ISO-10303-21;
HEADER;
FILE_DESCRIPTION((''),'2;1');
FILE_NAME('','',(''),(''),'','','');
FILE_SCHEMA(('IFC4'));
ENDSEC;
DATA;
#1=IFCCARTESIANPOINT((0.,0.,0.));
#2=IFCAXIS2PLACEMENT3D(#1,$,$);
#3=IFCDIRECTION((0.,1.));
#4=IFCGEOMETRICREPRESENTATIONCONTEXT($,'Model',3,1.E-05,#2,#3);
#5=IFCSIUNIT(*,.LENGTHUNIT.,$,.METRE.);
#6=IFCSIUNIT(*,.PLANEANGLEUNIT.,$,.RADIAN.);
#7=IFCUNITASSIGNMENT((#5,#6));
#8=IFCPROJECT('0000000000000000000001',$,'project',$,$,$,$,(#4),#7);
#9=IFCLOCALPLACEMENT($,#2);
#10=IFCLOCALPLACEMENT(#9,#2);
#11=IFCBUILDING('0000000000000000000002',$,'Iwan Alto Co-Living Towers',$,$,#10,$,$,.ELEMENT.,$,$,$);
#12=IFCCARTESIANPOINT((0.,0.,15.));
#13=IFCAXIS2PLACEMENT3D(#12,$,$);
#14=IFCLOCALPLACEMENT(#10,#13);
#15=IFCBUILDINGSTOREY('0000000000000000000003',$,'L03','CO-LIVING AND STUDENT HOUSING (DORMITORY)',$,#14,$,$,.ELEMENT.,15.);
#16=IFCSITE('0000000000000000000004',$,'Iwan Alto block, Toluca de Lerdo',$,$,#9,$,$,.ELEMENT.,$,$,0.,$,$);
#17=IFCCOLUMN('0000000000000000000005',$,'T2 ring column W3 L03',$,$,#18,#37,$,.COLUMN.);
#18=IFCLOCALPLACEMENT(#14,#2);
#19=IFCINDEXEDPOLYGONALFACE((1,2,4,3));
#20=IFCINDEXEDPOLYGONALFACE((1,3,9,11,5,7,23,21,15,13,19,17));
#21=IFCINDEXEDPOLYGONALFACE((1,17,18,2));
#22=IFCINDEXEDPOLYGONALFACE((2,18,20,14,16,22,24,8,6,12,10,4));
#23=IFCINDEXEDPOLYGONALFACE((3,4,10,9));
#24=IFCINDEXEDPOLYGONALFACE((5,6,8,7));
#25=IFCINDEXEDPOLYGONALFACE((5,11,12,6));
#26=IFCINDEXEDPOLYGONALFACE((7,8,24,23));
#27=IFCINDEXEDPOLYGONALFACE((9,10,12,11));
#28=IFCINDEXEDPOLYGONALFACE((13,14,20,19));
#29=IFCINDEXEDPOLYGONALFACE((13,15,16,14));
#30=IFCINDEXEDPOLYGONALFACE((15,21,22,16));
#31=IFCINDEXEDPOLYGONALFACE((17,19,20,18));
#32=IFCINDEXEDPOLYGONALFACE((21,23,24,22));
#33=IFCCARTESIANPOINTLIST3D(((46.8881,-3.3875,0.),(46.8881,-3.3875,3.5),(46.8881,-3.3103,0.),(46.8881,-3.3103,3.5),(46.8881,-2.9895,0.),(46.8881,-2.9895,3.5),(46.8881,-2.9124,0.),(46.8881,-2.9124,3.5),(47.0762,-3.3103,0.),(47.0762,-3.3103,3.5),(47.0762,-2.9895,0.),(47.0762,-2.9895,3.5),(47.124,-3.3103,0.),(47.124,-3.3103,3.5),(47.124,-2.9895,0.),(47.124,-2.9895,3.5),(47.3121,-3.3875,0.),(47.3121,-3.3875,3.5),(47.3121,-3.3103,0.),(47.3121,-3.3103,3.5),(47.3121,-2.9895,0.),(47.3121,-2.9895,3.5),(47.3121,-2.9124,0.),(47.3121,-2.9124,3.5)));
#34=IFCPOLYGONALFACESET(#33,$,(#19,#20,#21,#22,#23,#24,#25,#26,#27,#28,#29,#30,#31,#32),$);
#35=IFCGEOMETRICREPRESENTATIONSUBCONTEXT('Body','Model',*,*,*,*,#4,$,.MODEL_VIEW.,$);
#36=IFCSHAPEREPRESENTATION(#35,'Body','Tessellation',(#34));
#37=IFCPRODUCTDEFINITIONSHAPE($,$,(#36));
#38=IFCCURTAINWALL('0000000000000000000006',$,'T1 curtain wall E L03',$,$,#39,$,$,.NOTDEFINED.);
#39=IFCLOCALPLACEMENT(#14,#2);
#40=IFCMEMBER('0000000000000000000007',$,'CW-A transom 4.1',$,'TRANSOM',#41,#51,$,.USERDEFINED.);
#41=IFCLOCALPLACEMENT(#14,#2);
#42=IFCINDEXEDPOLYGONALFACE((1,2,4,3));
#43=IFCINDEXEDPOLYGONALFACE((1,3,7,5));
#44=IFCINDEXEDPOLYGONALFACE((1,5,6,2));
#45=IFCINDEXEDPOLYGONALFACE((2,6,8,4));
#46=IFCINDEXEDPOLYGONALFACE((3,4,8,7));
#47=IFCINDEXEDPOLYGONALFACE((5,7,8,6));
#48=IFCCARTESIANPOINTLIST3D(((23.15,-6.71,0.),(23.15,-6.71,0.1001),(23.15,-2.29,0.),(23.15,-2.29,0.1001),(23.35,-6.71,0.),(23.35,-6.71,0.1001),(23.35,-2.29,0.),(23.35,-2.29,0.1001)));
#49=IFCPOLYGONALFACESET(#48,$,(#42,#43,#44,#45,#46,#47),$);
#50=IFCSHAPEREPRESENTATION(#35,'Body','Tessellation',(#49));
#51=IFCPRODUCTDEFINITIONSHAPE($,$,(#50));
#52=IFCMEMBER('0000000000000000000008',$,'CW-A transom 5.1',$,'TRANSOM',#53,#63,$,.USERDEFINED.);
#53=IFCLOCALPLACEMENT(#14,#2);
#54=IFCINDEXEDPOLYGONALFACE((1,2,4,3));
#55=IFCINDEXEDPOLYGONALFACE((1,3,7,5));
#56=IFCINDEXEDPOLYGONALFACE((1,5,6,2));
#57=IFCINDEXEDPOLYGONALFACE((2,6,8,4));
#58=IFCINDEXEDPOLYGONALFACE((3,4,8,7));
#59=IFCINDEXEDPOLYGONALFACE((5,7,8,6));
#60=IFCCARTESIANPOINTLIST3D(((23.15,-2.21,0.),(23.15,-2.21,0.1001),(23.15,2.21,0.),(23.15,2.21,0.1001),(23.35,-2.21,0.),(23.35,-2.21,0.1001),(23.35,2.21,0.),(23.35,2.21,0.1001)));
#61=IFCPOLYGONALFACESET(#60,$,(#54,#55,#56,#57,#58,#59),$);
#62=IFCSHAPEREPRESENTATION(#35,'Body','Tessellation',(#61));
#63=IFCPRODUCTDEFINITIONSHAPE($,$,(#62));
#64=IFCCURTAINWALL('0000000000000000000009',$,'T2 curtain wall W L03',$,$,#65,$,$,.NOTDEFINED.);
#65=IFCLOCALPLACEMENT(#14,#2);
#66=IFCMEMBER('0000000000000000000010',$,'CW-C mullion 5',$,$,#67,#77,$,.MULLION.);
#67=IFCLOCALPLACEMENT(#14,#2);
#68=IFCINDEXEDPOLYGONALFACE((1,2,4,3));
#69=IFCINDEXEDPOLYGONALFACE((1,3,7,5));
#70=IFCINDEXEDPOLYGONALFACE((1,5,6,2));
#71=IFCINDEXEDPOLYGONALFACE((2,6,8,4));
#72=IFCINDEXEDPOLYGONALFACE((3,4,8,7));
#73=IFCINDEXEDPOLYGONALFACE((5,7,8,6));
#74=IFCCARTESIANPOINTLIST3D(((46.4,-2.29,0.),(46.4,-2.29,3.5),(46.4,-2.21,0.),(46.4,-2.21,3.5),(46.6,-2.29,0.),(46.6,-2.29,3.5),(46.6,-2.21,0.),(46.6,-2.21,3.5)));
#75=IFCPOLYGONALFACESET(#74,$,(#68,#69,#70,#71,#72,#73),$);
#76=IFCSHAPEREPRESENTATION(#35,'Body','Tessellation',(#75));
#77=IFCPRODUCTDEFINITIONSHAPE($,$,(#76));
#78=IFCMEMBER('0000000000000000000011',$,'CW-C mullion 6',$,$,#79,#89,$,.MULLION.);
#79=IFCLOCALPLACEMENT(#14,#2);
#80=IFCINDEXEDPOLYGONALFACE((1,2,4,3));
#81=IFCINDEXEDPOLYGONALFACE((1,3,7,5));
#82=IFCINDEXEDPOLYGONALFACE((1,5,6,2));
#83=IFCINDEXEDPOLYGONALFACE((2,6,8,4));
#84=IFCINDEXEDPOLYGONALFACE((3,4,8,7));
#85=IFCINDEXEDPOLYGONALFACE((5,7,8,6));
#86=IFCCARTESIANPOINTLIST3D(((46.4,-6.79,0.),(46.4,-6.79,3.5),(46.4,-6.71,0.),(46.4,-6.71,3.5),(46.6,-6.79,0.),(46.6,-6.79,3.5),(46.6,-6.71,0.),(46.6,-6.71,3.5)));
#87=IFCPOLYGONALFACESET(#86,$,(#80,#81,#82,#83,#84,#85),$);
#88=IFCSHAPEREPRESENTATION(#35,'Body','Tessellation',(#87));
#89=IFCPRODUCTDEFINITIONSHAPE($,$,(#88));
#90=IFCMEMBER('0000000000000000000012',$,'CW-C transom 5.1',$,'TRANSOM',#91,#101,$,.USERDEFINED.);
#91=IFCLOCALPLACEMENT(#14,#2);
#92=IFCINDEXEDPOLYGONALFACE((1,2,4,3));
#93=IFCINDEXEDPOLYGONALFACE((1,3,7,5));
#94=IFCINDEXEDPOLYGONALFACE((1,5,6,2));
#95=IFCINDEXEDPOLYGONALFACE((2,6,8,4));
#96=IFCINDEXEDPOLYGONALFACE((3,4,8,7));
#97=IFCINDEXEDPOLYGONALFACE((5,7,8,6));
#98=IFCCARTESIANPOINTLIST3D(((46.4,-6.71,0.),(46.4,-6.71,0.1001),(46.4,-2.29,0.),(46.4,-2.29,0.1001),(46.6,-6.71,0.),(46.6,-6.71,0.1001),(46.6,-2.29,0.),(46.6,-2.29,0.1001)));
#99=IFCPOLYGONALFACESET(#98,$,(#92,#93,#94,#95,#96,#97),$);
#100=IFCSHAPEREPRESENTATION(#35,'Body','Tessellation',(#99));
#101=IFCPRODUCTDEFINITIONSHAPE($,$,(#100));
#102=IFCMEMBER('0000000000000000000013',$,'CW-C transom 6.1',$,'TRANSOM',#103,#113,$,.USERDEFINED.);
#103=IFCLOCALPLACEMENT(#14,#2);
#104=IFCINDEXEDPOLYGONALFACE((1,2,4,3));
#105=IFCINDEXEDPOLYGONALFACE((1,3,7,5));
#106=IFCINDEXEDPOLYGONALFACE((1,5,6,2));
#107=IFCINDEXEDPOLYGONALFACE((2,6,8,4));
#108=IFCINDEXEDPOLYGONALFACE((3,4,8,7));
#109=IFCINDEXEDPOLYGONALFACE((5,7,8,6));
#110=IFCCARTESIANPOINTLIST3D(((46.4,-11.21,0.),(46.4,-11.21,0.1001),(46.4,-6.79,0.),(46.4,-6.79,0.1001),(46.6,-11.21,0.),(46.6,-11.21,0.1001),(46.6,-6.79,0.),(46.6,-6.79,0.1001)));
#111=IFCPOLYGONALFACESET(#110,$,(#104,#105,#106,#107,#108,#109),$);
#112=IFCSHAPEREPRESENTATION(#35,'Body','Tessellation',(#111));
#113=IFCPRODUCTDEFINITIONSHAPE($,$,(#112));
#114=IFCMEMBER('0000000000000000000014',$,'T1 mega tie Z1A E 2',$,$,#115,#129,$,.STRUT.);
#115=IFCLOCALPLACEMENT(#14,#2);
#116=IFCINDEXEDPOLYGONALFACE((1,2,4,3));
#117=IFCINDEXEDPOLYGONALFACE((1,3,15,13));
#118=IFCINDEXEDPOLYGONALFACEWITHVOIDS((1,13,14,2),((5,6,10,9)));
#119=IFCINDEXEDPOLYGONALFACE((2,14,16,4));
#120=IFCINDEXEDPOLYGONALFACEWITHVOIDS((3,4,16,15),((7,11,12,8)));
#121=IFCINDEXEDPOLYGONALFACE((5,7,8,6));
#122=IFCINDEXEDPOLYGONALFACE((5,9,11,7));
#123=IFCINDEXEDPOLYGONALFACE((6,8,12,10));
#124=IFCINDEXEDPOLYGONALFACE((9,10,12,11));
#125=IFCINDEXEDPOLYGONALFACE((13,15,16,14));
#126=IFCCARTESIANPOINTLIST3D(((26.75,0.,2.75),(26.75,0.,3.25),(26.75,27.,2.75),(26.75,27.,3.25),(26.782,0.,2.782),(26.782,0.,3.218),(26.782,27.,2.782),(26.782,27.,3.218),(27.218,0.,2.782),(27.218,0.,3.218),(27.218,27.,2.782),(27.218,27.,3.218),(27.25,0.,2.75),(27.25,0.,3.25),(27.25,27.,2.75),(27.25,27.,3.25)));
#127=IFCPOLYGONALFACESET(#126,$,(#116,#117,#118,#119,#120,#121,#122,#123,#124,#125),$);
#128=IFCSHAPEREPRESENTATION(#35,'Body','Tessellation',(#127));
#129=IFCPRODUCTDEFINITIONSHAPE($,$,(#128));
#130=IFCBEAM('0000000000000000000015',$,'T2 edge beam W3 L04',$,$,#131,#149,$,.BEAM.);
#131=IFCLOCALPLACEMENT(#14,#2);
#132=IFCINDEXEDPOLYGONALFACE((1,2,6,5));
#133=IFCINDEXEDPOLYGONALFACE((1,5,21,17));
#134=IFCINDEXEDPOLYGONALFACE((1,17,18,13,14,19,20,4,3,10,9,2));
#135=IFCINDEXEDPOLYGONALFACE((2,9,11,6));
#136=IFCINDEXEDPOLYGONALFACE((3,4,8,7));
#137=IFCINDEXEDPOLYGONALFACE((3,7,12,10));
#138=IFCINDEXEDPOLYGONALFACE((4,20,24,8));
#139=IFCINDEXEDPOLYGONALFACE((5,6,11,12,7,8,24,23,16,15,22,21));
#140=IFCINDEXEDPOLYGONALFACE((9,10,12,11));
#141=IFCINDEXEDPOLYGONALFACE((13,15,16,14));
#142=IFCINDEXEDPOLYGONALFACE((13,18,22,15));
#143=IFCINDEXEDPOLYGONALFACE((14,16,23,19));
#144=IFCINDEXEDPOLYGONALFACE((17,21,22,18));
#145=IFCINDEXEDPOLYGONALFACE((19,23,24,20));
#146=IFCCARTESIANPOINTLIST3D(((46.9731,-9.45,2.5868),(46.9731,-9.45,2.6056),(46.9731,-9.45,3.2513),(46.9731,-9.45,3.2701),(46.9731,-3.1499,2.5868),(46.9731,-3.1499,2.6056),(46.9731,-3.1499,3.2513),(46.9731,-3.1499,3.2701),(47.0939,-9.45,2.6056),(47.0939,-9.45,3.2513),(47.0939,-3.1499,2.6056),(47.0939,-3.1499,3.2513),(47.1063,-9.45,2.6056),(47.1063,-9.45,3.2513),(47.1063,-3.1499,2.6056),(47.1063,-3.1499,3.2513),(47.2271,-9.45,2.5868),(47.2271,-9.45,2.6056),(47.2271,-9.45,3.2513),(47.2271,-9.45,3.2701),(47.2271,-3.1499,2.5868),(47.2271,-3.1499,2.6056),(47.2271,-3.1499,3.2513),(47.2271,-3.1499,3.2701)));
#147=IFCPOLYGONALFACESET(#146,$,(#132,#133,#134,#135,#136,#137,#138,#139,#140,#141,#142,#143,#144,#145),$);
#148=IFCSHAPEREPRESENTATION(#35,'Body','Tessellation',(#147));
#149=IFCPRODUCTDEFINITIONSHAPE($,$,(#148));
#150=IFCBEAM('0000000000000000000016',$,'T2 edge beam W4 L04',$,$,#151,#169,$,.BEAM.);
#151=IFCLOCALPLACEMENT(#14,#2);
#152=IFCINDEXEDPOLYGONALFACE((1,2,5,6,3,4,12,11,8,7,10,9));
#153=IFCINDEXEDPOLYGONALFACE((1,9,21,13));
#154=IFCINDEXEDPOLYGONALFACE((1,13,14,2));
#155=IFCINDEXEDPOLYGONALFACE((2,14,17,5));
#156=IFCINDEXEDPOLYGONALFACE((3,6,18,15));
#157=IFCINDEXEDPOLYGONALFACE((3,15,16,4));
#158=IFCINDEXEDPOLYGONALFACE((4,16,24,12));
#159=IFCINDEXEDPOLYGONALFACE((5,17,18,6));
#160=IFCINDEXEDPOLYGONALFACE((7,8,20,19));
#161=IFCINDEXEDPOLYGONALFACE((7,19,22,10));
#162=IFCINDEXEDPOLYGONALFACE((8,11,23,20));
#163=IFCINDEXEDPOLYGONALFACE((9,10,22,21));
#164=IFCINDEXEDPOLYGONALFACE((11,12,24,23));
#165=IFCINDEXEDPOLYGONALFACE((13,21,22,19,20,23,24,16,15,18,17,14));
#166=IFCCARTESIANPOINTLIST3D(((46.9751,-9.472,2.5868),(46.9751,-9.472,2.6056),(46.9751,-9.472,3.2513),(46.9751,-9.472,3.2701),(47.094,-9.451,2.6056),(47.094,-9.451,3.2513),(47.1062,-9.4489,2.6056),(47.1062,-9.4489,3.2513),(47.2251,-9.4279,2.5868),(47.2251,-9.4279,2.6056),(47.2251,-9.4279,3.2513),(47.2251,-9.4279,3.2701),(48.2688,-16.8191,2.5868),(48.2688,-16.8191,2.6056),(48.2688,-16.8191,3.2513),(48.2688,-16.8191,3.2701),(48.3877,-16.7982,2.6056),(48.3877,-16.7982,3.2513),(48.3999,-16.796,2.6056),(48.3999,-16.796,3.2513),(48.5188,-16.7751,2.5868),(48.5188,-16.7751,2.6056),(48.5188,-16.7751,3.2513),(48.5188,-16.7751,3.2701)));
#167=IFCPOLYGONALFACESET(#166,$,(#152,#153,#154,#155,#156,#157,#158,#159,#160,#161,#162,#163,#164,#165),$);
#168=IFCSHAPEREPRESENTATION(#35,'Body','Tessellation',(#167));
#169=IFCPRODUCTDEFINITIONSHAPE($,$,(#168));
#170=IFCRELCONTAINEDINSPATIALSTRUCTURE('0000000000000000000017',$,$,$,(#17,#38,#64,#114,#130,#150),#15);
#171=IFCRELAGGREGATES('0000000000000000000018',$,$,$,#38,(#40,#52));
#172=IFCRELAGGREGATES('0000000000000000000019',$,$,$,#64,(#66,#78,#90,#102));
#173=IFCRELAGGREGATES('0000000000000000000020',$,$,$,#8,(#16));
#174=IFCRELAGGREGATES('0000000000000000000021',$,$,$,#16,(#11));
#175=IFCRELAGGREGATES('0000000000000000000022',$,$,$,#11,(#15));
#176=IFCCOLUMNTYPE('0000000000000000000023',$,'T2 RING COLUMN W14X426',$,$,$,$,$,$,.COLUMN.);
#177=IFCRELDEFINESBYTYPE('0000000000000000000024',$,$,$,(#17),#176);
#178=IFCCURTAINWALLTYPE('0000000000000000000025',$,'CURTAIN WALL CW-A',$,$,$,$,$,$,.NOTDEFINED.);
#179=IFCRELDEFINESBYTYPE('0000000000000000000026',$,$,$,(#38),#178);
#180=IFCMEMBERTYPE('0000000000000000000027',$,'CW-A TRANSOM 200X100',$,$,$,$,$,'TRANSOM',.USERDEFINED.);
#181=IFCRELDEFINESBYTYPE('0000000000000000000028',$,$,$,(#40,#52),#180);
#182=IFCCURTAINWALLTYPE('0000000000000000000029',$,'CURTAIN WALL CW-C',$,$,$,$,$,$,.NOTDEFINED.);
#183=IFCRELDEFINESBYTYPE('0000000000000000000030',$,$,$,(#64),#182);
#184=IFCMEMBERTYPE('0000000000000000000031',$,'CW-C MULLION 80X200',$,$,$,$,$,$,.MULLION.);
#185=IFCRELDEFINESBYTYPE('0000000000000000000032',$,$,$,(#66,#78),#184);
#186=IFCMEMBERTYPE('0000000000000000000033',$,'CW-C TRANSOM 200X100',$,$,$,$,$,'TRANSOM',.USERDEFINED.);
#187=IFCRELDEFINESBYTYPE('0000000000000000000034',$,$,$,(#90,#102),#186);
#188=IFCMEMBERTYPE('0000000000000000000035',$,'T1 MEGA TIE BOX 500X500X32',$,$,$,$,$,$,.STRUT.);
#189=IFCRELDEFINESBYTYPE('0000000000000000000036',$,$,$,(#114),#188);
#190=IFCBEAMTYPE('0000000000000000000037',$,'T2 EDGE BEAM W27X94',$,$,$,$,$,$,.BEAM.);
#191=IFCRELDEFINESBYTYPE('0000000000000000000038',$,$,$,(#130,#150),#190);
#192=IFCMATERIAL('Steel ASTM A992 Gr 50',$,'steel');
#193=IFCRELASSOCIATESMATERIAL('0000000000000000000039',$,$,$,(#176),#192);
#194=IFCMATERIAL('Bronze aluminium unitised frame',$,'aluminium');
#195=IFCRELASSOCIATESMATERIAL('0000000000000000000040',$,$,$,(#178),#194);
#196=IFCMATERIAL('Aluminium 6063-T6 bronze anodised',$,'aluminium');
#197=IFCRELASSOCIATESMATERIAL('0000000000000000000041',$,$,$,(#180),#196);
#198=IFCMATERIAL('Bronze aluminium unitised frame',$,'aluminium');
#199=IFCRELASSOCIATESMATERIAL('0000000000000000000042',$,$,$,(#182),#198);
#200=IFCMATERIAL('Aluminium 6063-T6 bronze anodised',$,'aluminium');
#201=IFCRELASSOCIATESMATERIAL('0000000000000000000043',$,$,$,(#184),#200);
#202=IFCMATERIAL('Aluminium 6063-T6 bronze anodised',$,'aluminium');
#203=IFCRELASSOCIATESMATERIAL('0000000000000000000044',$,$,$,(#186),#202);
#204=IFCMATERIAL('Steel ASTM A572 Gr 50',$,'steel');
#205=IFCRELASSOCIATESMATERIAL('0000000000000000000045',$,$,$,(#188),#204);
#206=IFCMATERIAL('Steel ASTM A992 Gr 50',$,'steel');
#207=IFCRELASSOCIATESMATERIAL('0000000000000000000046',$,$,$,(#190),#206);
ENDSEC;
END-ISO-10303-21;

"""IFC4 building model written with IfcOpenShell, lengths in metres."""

from ifc_helpers import new_model, si_unit, direction, frame, origin, origin_2d, place, context, subcontext, project, spatial, rectangle, hollow_rectangle, i_section, extrude, material, material_profile, profile_set, type_object, element, aggregate, save


model = new_model("IFC4")

# Units and contexts
model_context = context("Model", 3, precision=1e-05, world=origin(), true_north=direction((0.0, 1.0)))
body_context = subcontext(model_context, "Body", "Model", "MODEL_VIEW")
ifc_project = project(units=[si_unit("LENGTHUNIT", "METRE"), si_unit("PLANEANGLEUNIT", "RADIAN")], contexts=[model_context])

# Site, building, storey
site_placement = place(None, origin())
site = spatial("IfcSite", under=ifc_project, at=site_placement, Name="Iwan Alto block, Toluca de Lerdo", CompositionType="ELEMENT", RefElevation=0.0)
building_placement = place(site_placement, origin())
building = spatial("IfcBuilding", under=site, at=building_placement, Name="Iwan Alto Co-Living Towers", CompositionType="ELEMENT")
storey_placement = place(building_placement, frame((0.0, 0.0, 15.0)))
storey = spatial("IfcBuildingStorey", under=building, at=storey_placement, Name="L03", Description="CO-LIVING AND STUDENT HOUSING (DORMITORY)", CompositionType="ELEMENT", Elevation=15.0)

# Column
ifc_material_1 = material(Name="Steel ASTM A992 Gr 50", Category="steel")
ifc_material_profile_1 = material_profile(ifc_material_1, i_section(OverallWidth=0.4241, OverallDepth=0.4751, WebThickness=0.0479, FlangeThickness=0.0771, at=origin_2d()), Name="W14X426")
ifc_profile_set_1 = profile_set([ifc_material_profile_1], Name="Steel ASTM A992 Gr 50")
column_type = type_object("IfcColumnType", Name="T2 RING COLUMN W14X426", PredefinedType="COLUMN", material=ifc_profile_set_1)
column_placement = place(storey_placement, frame((47.1001, -3.1499, 0.0), z_axis=(0.0, 0.0, 1.0), x_axis=(1.0, 0.0, 0.0)))
element("IfcColumn", 1, at=column_placement, inside=storey, type_object=column_type, Name="T2 ring column W3 L03", PredefinedType="COLUMN", context=body_context, shape_type="SweptSolid", body=[
    extrude(i_section(OverallWidth=0.4241, OverallDepth=0.4751, WebThickness=0.0479, FlangeThickness=0.0771, at=origin_2d()), origin(), (0.0, 0.0, 1.0), 3.5),
])

# Curtain walls, members
ifc_material_2 = material(Name="Bronze aluminium unitised frame", Category="aluminium")
curtain_wall_type_1 = type_object("IfcCurtainWallType", Name="CURTAIN WALL CW-A", PredefinedType="NOTDEFINED", material=ifc_material_2)
curtain_wall_1_placement = place(storey_placement, origin())
curtain_wall_1 = element("IfcCurtainWall", 2, at=curtain_wall_1_placement, inside=storey, type_object=curtain_wall_type_1, Name="T1 curtain wall E L03", PredefinedType="NOTDEFINED")
ifc_material_3 = material(Name="Aluminium 6063-T6 bronze anodised", Category="aluminium")
ifc_material_profile_2 = material_profile(ifc_material_3, rectangle(XDim=0.2, YDim=0.1001, at=origin_2d()), Name="AL 200X100")
ifc_profile_set_2 = profile_set([ifc_material_profile_2], Name="Aluminium 6063-T6 bronze anodised")
member_type_1 = type_object("IfcMemberType", Name="CW-A TRANSOM 200X100", ElementType="TRANSOM", PredefinedType="USERDEFINED", material=ifc_profile_set_2)
member_1_placement = place(storey_placement, frame((23.25, -6.71, 0.05), z_axis=(0.0, 1.0, 0.0), x_axis=(-1.0, 0.0, 0.0)))
member_1 = element("IfcMember", 3, at=member_1_placement, type_object=member_type_1, Name="CW-A transom 4.1", ObjectType="TRANSOM", PredefinedType="USERDEFINED", context=body_context, shape_type="SweptSolid", body=[
    extrude(rectangle(XDim=0.2, YDim=0.1001, at=origin_2d()), origin(), (0.0, 0.0, 1.0), 4.4199),
])
member_2_placement = place(storey_placement, frame((23.25, -2.21, 0.05), z_axis=(0.0, 1.0, 0.0), x_axis=(-1.0, 0.0, 0.0)))
member_2 = element("IfcMember", 4, at=member_2_placement, type_object=member_type_1, Name="CW-A transom 5.1", ObjectType="TRANSOM", PredefinedType="USERDEFINED", context=body_context, shape_type="SweptSolid", body=[
    extrude(rectangle(XDim=0.2, YDim=0.1001, at=origin_2d()), origin(), (0.0, 0.0, 1.0), 4.4199),
])
ifc_material_4 = material(Name="Bronze aluminium unitised frame", Category="aluminium")
curtain_wall_type_2 = type_object("IfcCurtainWallType", Name="CURTAIN WALL CW-C", PredefinedType="NOTDEFINED", material=ifc_material_4)
curtain_wall_2_placement = place(storey_placement, origin())
curtain_wall_2 = element("IfcCurtainWall", 5, at=curtain_wall_2_placement, inside=storey, type_object=curtain_wall_type_2, Name="T2 curtain wall W L03", PredefinedType="NOTDEFINED")
ifc_material_5 = material(Name="Aluminium 6063-T6 bronze anodised", Category="aluminium")
ifc_material_profile_3 = material_profile(ifc_material_5, rectangle(XDim=0.2, YDim=0.0801, at=origin_2d()), Name="AL 80X200")
ifc_profile_set_3 = profile_set([ifc_material_profile_3], Name="Aluminium 6063-T6 bronze anodised")
member_type_2 = type_object("IfcMemberType", Name="CW-C MULLION 80X200", PredefinedType="MULLION", material=ifc_profile_set_3)
member_3_placement = place(storey_placement, frame((46.5, -2.25, 0.0), z_axis=(0.0, 0.0, 1.0), x_axis=(1.0, 0.0, 0.0)))
member_3 = element("IfcMember", 6, at=member_3_placement, type_object=member_type_2, Name="CW-C mullion 5", PredefinedType="MULLION", context=body_context, shape_type="SweptSolid", body=[
    extrude(rectangle(XDim=0.2, YDim=0.0801, at=origin_2d()), origin(), (0.0, 0.0, 1.0), 3.5),
])
member_4_placement = place(storey_placement, frame((46.5, -6.75, 0.0), z_axis=(0.0, 0.0, 1.0), x_axis=(1.0, 0.0, 0.0)))
member_4 = element("IfcMember", 7, at=member_4_placement, type_object=member_type_2, Name="CW-C mullion 6", PredefinedType="MULLION", context=body_context, shape_type="SweptSolid", body=[
    extrude(rectangle(XDim=0.2, YDim=0.0801, at=origin_2d()), origin(), (0.0, 0.0, 1.0), 3.5),
])
ifc_material_6 = material(Name="Aluminium 6063-T6 bronze anodised", Category="aluminium")
ifc_material_profile_4 = material_profile(ifc_material_6, rectangle(XDim=0.2, YDim=0.1001, at=origin_2d()), Name="AL 200X100")
ifc_profile_set_4 = profile_set([ifc_material_profile_4], Name="Aluminium 6063-T6 bronze anodised")
member_type_3 = type_object("IfcMemberType", Name="CW-C TRANSOM 200X100", ElementType="TRANSOM", PredefinedType="USERDEFINED", material=ifc_profile_set_4)
member_5_placement = place(storey_placement, frame((46.5, -2.29, 0.05), z_axis=(0.0, -1.0, 0.0), x_axis=(1.0, 0.0, 0.0)))
member_5 = element("IfcMember", 8, at=member_5_placement, type_object=member_type_3, Name="CW-C transom 5.1", ObjectType="TRANSOM", PredefinedType="USERDEFINED", context=body_context, shape_type="SweptSolid", body=[
    extrude(rectangle(XDim=0.2, YDim=0.1001, at=origin_2d()), origin(), (0.0, 0.0, 1.0), 4.4199),
])
member_6_placement = place(storey_placement, frame((46.5, -6.79, 0.05), z_axis=(0.0, -1.0, 0.0), x_axis=(1.0, 0.0, 0.0)))
member_6 = element("IfcMember", 9, at=member_6_placement, type_object=member_type_3, Name="CW-C transom 6.1", ObjectType="TRANSOM", PredefinedType="USERDEFINED", context=body_context, shape_type="SweptSolid", body=[
    extrude(rectangle(XDim=0.2, YDim=0.1001, at=origin_2d()), origin(), (0.0, 0.0, 1.0), 4.4199),
])

# Member
ifc_material_7 = material(Name="Steel ASTM A572 Gr 50", Category="steel")
ifc_material_profile_5 = material_profile(ifc_material_7, hollow_rectangle(XDim=0.5, YDim=0.5, WallThickness=0.032, at=origin_2d()), Name="BOX 500X500X32")
ifc_profile_set_5 = profile_set([ifc_material_profile_5], Name="Steel ASTM A572 Gr 50")
member_type_4 = type_object("IfcMemberType", Name="T1 MEGA TIE BOX 500X500X32", PredefinedType="STRUT", material=ifc_profile_set_5)
member_7_placement = place(storey_placement, frame((27.0, 0.0, 3.0), z_axis=(0.0, 1.0, 0.0), x_axis=(-1.0, 0.0, 0.0)))
element("IfcMember", 10, at=member_7_placement, inside=storey, type_object=member_type_4, Name="T1 mega tie Z1A E 2", PredefinedType="STRUT", context=body_context, shape_type="SweptSolid", body=[
    extrude(hollow_rectangle(XDim=0.5, YDim=0.5, WallThickness=0.032, at=origin_2d()), origin(), (0.0, 0.0, 1.0), 27.0),
])

# Beams
ifc_material_8 = material(Name="Steel ASTM A992 Gr 50", Category="steel")
ifc_material_profile_6 = material_profile(ifc_material_8, i_section(OverallWidth=0.2539, OverallDepth=0.6833, WebThickness=0.0125, FlangeThickness=0.0188, at=origin_2d()), Name="W27X94")
ifc_profile_set_6 = profile_set([ifc_material_profile_6], Name="Steel ASTM A992 Gr 50")
beam_type_1 = type_object("IfcBeamType", Name="T2 EDGE BEAM W27X94", PredefinedType="BEAM", material=ifc_profile_set_6)
beam_1_placement = place(storey_placement, frame((47.1001, -3.1499, 2.9285), z_axis=(0.0, -1.0, 0.0), x_axis=(1.0, 0.0, 0.0)))
element("IfcBeam", 11, at=beam_1_placement, inside=storey, type_object=beam_type_1, Name="T2 edge beam W3 L04", PredefinedType="BEAM", context=body_context, shape_type="SweptSolid", body=[
    extrude(i_section(OverallWidth=0.2539, OverallDepth=0.6833, WebThickness=0.0125, FlangeThickness=0.0188, at=origin_2d()), origin(), (0.0, 0.0, 1.0), 6.3),
])
beam_2_placement = place(storey_placement, frame((47.1001, -9.45, 2.9285), z_axis=(0.173414, -0.984849, 0.0), x_axis=(0.984849, 0.173414, 0.0)))
element("IfcBeam", 12, at=beam_2_placement, inside=storey, type_object=beam_type_1, Name="T2 edge beam W4 L04", PredefinedType="BEAM", context=body_context, shape_type="SweptSolid", body=[
    extrude(i_section(OverallWidth=0.2539, OverallDepth=0.6833, WebThickness=0.0125, FlangeThickness=0.0188, at=origin_2d()), origin(), (0.0, 0.0, 1.0), 7.4602),
])

aggregate(curtain_wall_1, [member_1, member_2])
aggregate(curtain_wall_2, [member_3, member_4, member_5, member_6])

save(model, "model.ifc")
